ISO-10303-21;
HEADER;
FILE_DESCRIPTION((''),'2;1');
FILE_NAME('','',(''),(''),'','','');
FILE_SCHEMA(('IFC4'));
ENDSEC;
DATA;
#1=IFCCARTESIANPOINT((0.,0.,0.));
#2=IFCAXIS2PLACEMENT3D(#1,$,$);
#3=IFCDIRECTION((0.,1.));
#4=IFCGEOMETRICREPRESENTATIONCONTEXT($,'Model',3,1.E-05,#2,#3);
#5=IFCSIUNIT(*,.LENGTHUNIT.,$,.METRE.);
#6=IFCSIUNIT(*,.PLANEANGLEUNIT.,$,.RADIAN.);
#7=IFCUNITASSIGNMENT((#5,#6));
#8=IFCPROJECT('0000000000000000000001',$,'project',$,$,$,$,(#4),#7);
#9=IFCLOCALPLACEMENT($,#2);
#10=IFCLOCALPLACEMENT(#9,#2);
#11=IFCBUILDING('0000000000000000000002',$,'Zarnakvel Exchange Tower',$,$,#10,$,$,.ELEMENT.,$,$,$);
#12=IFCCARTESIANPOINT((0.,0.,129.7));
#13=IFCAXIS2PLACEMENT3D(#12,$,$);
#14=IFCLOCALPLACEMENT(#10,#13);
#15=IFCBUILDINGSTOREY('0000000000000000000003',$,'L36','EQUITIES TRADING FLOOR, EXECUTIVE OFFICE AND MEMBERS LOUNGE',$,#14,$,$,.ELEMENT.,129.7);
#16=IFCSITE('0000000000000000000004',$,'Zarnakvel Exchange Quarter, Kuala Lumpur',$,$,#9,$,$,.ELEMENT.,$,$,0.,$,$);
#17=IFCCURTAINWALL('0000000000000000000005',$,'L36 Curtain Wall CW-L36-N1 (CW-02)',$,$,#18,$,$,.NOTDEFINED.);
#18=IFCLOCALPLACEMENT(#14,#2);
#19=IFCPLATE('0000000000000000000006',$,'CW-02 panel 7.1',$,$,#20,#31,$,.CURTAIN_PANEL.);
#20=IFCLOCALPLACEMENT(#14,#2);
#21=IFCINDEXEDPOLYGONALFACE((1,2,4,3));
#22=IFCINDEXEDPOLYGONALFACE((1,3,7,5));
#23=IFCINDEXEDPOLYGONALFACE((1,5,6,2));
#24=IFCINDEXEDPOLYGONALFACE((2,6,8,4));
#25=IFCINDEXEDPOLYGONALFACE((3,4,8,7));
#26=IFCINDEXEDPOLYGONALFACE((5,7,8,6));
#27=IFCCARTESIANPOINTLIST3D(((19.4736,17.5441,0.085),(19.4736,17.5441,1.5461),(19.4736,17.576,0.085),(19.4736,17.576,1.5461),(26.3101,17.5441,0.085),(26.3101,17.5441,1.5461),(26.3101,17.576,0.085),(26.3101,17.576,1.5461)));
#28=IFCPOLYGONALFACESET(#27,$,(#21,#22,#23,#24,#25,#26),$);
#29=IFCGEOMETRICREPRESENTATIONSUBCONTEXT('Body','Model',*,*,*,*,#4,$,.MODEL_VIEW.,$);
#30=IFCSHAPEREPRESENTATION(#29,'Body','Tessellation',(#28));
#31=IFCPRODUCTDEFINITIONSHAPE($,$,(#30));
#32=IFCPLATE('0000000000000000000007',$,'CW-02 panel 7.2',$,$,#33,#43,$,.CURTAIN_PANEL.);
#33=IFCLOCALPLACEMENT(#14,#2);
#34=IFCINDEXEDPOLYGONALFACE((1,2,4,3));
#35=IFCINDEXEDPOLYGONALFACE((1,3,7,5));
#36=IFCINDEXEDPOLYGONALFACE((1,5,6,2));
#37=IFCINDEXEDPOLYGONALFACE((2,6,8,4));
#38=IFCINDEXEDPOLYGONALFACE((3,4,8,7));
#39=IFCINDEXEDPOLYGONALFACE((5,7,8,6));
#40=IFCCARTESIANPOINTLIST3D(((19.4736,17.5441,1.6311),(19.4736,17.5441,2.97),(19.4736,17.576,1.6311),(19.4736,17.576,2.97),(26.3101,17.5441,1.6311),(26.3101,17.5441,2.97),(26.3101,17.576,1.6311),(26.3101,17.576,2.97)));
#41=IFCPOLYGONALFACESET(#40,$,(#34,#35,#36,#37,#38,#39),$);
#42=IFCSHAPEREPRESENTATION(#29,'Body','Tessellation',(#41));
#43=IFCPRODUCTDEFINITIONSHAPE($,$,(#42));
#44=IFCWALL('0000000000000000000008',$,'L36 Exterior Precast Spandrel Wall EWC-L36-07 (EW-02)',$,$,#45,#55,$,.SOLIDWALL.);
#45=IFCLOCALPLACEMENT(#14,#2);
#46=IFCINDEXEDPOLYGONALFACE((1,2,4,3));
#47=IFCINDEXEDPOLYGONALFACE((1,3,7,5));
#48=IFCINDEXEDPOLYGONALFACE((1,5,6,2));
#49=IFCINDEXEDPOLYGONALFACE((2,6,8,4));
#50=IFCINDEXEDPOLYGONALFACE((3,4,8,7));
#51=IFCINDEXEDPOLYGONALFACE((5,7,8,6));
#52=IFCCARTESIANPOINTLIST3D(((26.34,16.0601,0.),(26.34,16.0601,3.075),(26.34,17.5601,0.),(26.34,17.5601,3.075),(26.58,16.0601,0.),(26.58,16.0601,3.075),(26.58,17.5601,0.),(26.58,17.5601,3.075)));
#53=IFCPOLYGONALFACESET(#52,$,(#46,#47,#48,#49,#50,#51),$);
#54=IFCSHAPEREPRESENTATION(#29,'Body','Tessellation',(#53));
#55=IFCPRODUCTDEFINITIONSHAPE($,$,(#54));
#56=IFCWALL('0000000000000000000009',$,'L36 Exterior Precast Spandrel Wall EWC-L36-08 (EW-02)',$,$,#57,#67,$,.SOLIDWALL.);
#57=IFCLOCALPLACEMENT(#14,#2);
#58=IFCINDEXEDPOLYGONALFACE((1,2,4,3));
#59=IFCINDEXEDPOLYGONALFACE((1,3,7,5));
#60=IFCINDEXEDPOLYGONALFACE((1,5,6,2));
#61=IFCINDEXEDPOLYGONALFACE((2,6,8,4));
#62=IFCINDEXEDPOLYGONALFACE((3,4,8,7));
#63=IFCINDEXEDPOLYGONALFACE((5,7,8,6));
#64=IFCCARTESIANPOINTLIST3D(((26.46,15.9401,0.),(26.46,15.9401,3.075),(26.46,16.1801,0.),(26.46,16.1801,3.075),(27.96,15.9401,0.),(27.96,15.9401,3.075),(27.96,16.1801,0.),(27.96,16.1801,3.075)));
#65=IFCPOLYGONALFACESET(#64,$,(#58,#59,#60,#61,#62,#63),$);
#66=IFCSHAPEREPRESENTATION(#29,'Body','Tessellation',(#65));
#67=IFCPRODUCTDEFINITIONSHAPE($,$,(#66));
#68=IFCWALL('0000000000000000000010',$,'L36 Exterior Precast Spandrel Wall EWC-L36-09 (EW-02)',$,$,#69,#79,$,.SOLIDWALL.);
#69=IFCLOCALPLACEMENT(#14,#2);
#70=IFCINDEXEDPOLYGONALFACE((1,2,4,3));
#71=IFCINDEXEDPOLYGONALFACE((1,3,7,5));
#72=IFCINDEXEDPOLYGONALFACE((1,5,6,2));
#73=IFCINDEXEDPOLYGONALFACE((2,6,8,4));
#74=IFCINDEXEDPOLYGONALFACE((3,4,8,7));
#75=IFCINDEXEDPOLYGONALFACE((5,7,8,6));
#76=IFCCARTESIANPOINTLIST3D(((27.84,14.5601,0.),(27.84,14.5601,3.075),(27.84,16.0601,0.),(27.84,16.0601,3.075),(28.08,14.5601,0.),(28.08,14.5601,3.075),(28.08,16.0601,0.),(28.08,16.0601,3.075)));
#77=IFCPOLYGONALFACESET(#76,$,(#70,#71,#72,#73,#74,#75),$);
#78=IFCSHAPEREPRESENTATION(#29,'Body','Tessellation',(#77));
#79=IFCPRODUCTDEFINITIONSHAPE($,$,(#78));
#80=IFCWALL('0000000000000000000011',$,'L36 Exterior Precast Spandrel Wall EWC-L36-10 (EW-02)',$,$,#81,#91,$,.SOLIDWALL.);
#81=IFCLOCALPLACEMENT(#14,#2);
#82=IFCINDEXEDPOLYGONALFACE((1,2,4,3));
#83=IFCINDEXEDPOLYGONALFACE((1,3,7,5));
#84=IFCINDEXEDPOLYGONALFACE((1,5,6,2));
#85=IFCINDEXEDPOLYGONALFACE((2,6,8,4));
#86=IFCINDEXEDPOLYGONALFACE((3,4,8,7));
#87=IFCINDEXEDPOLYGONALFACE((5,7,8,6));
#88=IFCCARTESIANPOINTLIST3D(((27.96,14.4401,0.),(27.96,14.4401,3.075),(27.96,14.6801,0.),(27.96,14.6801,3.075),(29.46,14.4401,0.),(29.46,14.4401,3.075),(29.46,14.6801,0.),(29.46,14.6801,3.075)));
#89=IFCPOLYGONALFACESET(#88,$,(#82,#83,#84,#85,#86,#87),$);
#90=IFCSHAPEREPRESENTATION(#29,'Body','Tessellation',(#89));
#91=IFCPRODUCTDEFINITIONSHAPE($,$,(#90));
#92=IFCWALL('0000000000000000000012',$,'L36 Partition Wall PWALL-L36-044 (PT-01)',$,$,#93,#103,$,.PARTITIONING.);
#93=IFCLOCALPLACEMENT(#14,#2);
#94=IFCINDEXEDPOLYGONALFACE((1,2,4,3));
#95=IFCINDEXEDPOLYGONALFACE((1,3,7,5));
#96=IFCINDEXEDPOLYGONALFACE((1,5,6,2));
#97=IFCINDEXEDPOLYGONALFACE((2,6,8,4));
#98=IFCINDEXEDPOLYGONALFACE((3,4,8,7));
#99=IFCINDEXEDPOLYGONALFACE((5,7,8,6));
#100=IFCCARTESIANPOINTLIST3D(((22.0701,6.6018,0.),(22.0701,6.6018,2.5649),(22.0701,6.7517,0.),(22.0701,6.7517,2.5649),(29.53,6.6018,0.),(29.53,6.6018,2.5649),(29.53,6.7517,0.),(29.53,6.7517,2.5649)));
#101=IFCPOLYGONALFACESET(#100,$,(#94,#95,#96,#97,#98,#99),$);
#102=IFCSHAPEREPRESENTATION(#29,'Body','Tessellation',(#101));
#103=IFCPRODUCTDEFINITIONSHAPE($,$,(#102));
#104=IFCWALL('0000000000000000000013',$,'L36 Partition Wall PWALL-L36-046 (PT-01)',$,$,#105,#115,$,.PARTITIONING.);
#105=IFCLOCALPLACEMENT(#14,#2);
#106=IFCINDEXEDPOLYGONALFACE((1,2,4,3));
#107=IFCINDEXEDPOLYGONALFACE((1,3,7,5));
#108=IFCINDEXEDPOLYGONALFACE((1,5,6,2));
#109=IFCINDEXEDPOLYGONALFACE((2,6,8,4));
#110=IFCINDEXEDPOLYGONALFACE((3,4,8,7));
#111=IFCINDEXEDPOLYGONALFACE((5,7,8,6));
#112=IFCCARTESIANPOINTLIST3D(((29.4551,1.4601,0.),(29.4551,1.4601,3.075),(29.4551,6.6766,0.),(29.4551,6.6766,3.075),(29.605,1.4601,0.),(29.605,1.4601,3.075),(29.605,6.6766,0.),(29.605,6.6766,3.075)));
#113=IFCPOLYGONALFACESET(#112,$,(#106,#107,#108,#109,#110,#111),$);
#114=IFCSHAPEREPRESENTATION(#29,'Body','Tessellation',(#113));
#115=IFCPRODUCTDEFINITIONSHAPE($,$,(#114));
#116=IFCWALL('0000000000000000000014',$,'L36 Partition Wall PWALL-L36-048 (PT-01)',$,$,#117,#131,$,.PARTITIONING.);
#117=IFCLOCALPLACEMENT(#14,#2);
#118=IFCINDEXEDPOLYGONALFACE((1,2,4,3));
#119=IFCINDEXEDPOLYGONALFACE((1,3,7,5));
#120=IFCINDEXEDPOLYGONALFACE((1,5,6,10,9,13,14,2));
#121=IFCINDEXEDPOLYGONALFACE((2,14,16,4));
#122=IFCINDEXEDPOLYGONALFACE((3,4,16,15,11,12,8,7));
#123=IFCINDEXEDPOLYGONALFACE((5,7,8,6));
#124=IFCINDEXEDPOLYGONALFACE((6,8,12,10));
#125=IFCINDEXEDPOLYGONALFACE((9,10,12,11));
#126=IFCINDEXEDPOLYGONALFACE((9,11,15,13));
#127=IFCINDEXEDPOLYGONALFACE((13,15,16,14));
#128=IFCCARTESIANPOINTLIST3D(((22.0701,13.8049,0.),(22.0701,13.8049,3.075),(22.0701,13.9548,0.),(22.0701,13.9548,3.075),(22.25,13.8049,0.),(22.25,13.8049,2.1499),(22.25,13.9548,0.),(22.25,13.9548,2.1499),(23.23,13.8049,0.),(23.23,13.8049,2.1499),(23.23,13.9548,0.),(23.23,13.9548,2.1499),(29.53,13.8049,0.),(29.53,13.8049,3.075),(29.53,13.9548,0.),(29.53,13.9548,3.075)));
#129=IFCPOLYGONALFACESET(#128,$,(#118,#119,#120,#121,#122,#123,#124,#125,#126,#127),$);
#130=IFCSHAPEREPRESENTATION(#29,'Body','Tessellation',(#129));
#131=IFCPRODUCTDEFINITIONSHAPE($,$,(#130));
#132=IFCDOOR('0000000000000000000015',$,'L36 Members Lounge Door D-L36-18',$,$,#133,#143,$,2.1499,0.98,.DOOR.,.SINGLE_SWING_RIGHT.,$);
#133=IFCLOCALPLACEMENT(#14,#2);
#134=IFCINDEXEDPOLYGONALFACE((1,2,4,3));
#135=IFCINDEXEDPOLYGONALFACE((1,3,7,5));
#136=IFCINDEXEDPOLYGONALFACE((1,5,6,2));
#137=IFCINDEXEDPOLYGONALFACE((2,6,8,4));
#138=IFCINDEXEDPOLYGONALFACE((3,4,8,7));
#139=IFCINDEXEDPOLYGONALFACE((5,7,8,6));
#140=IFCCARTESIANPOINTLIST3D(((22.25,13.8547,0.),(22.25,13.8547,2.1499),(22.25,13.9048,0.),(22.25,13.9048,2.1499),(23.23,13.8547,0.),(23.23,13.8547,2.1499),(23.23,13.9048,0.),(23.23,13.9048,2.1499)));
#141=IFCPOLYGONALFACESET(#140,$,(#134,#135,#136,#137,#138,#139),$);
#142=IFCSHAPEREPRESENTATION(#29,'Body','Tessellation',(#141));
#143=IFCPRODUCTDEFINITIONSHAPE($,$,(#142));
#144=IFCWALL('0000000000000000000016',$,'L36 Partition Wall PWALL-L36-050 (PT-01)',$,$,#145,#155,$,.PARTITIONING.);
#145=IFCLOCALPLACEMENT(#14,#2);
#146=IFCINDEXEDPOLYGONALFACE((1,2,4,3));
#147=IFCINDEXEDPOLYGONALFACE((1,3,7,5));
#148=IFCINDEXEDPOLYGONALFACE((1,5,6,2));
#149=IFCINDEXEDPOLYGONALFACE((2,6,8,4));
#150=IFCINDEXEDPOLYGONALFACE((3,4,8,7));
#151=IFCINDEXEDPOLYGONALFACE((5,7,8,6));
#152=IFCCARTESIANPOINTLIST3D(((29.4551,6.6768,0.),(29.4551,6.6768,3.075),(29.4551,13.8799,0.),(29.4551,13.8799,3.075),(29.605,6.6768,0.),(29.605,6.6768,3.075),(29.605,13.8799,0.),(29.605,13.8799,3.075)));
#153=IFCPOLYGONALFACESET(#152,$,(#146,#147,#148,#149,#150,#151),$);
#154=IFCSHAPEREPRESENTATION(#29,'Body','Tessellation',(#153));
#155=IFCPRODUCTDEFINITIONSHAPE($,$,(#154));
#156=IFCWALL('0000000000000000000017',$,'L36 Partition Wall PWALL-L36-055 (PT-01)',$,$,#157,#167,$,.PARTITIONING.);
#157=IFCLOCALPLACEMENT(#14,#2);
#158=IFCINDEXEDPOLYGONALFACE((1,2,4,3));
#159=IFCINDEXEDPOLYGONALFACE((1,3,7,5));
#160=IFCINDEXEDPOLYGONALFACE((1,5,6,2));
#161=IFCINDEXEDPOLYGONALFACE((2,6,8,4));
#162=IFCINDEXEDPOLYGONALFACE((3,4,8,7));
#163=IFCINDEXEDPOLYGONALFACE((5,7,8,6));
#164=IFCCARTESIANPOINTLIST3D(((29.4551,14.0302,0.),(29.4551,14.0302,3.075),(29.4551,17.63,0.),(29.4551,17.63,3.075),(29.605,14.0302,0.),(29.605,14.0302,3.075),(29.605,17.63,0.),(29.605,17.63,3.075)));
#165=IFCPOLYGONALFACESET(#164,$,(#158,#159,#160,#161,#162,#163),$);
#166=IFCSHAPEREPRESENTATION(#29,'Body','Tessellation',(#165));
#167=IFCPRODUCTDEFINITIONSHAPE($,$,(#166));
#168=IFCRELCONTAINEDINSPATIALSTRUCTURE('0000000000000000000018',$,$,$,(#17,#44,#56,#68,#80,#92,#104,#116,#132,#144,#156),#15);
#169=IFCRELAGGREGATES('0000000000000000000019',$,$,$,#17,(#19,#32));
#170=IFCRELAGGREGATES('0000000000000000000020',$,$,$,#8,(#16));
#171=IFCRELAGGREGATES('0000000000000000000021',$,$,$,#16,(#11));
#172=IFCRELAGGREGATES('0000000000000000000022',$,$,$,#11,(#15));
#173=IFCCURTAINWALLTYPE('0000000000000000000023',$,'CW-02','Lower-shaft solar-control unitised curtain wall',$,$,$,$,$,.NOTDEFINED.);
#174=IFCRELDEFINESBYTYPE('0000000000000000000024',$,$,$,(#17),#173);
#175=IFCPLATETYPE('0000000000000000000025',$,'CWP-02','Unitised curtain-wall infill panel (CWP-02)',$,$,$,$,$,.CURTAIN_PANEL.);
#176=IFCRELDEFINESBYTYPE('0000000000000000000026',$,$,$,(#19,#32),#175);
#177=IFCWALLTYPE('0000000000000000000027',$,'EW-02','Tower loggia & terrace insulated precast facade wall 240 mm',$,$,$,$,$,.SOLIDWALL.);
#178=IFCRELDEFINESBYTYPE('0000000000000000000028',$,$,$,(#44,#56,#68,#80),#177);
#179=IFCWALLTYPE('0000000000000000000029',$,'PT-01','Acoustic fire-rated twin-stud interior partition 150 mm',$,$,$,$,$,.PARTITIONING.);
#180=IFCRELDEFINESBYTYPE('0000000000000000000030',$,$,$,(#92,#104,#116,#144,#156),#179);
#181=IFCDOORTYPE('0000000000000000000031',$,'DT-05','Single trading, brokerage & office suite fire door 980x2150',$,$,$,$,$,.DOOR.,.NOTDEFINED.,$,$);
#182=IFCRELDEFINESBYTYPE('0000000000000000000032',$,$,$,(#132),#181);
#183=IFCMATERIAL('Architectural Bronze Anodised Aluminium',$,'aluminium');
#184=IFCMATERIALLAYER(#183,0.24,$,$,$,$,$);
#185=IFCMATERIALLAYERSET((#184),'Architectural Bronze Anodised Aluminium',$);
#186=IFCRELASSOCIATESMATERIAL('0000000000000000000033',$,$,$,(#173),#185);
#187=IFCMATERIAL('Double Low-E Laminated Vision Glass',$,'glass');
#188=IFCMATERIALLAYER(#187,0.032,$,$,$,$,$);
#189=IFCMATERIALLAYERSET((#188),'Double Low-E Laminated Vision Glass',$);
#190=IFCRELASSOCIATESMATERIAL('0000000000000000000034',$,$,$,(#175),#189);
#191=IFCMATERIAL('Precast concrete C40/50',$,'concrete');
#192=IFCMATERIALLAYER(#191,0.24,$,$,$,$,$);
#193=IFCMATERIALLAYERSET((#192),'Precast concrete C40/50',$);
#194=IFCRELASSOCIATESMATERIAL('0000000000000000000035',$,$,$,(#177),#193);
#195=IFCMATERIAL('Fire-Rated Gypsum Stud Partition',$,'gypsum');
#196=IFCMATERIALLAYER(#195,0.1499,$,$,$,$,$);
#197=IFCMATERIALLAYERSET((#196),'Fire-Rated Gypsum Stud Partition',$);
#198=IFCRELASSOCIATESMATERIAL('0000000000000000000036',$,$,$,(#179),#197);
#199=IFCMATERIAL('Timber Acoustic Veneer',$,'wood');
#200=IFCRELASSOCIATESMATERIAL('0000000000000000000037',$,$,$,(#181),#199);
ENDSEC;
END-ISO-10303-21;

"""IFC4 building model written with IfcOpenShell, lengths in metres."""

from ifc_helpers import new_model, si_unit, direction, frame, frame_2d, origin, origin_2d, place, context, subcontext, project, spatial, rectangle, extrude, source, transform, mapped, material, layer, layer_set, type_object, element, fill, aggregate, save


model = new_model("IFC4")

# Units and contexts
model_context = context("Model", 3, precision=1e-05, world=origin(), true_north=direction((0.0, 1.0)))
body_context = subcontext(model_context, "Body", "Model", "MODEL_VIEW")
ifc_project = project(units=[si_unit("LENGTHUNIT", "METRE"), si_unit("PLANEANGLEUNIT", "RADIAN")], contexts=[model_context])

# Site, building, storey
site_placement = place(None, origin())
site = spatial("IfcSite", under=ifc_project, at=site_placement, Name="Zarnakvel Exchange Quarter, Kuala Lumpur", CompositionType="ELEMENT", RefElevation=0.0)
building_placement = place(site_placement, origin())
building = spatial("IfcBuilding", under=site, at=building_placement, Name="Zarnakvel Exchange Tower", CompositionType="ELEMENT")
storey_placement = place(building_placement, frame((0.0, 0.0, 129.7)))
storey = spatial("IfcBuildingStorey", under=building, at=storey_placement, Name="L36", Description="EQUITIES TRADING FLOOR, EXECUTIVE OFFICE AND MEMBERS LOUNGE", CompositionType="ELEMENT", Elevation=129.7)

# Curtain wall
ifc_material_1 = material(Name="Architectural Bronze Anodised Aluminium", Category="aluminium")
ifc_layer_1 = layer(ifc_material_1, 0.24)
ifc_layer_set_1 = layer_set([ifc_layer_1], Name="Architectural Bronze Anodised Aluminium")
curtain_wall_type_1 = type_object("IfcCurtainWallType", Name="CW-02", Description="Lower-shaft solar-control unitised curtain wall", PredefinedType="NOTDEFINED", material=ifc_layer_set_1)
curtain_wall_1_placement = place(storey_placement, origin())
curtain_wall_1 = element("IfcCurtainWall", 1, at=curtain_wall_1_placement, inside=storey, type_object=curtain_wall_type_1, Name="L36 Curtain Wall CW-L36-N1 (CW-02)", PredefinedType="NOTDEFINED")

# Shared definitions
ifc_material_2 = material(Name="Double Low-E Laminated Vision Glass", Category="glass")

# Plates
ifc_layer_2 = layer(ifc_material_2, 0.032)
ifc_layer_set_2 = layer_set([ifc_layer_2], Name="Double Low-E Laminated Vision Glass")
plate_type_1 = type_object("IfcPlateType", Name="CWP-02", Description="Unitised curtain-wall infill panel (CWP-02)", PredefinedType="CURTAIN_PANEL", material=ifc_layer_set_2)
shared_shape_1 = source(origin(), body_context, "Body", "SweptSolid", [
    extrude(rectangle(XDim=6.8364, YDim=0.032, at=origin_2d()), origin(), (0.0, 0.0, 1.0), 1.4612),
])
plate_1_placement = place(storey_placement, frame((22.8918, 17.5601, 0.085), z_axis=(0.0, 0.0, 1.0), x_axis=(1.0, 0.0, 0.0)))
plate_1 = element("IfcPlate", 2, at=plate_1_placement, type_object=plate_type_1, Name="CW-02 panel 7.1", PredefinedType="CURTAIN_PANEL", context=body_context, shape_type="MappedRepresentation", body=[
    mapped(shared_shape_1, transform((0.0, 0.0, 0.0), x_axis=(1.0, 0.0, 0.0), y_axis=(0.0, 1.0, 0.0), z_axis=(0.0, 0.0, 1.0), scale=1.0)),
])
shared_shape_2 = source(origin(), body_context, "Body", "SweptSolid", [
    extrude(rectangle(XDim=6.8364, YDim=0.032, at=origin_2d()), origin(), (0.0, 0.0, 1.0), 1.3389),
])
plate_2_placement = place(storey_placement, frame((22.8918, 17.5601, 1.6311), z_axis=(0.0, 0.0, 1.0), x_axis=(1.0, 0.0, 0.0)))
plate_2 = element("IfcPlate", 3, at=plate_2_placement, type_object=plate_type_1, Name="CW-02 panel 7.2", PredefinedType="CURTAIN_PANEL", context=body_context, shape_type="MappedRepresentation", body=[
    mapped(shared_shape_2, transform((0.0, 0.0, 0.0), x_axis=(1.0, 0.0, 0.0), y_axis=(0.0, 1.0, 0.0), z_axis=(0.0, 0.0, 1.0), scale=1.0)),
])
aggregate(curtain_wall_1, [plate_1, plate_2])

# Walls
ifc_material_3 = material(Name="Precast concrete C40/50", Category="concrete")
ifc_layer_3 = layer(ifc_material_3, 0.24)
ifc_layer_set_3 = layer_set([ifc_layer_3], Name="Precast concrete C40/50")
wall_type_1 = type_object("IfcWallType", Name="EW-02", Description="Tower loggia & terrace insulated precast facade wall 240 mm", PredefinedType="SOLIDWALL", material=ifc_layer_set_3)
for number, where, z_axis, x_axis, name in (
    (4, (26.46, 16.0601, 0.0), (0.0, 0.0, 1.0), (0.0, 1.0, 0.0), "L36 Exterior Precast Spandrel Wall EWC-L36-07 (EW-02)"),
    (5, (27.96, 16.0601, 0.0), (0.0, 0.0, 1.0), (-1.0, 0.0, 0.0), "L36 Exterior Precast Spandrel Wall EWC-L36-08 (EW-02)"),
    (6, (27.96, 14.5601, 0.0), (0.0, 0.0, 1.0), (0.0, 1.0, 0.0), "L36 Exterior Precast Spandrel Wall EWC-L36-09 (EW-02)"),
    (7, (29.46, 14.5601, 0.0), (0.0, 0.0, 1.0), (-1.0, 0.0, 0.0), "L36 Exterior Precast Spandrel Wall EWC-L36-10 (EW-02)"),
):
    element("IfcWall", number, at=place(storey_placement, frame(where, z_axis=z_axis, x_axis=x_axis)), inside=storey, type_object=wall_type_1, Name=name, PredefinedType="SOLIDWALL", context=body_context, shape_type="SweptSolid", body=[
        extrude(rectangle(XDim=1.5, YDim=0.24, at=frame_2d((0.75, 0.0))), origin(), (0.0, 0.0, 1.0), 3.075),
    ])
ifc_material_4 = material(Name="Fire-Rated Gypsum Stud Partition", Category="gypsum")
ifc_layer_4 = layer(ifc_material_4, 0.1499)
ifc_layer_set_4 = layer_set([ifc_layer_4], Name="Fire-Rated Gypsum Stud Partition")
wall_type_2 = type_object("IfcWallType", Name="PT-01", Description="Acoustic fire-rated twin-stud interior partition 150 mm", PredefinedType="PARTITIONING", material=ifc_layer_set_4)
wall_1_placement = place(storey_placement, frame((22.0701, 6.6768, 0.0), z_axis=(0.0, 0.0, 1.0), x_axis=(1.0, 0.0, 0.0)))
element("IfcWall", 8, at=wall_1_placement, inside=storey, type_object=wall_type_2, Name="L36 Partition Wall PWALL-L36-044 (PT-01)", PredefinedType="PARTITIONING", context=body_context, shape_type="SweptSolid", body=[
    extrude(rectangle(XDim=7.46, YDim=0.1499, at=frame_2d((3.73, 0.0))), origin(), (0.0, 0.0, 1.0), 2.5649),
])
wall_2_placement = place(storey_placement, frame((29.53, 6.6768, 0.0), z_axis=(0.0, 0.0, 1.0), x_axis=(0.0, -1.0, 0.0)))
element("IfcWall", 9, at=wall_2_placement, inside=storey, type_object=wall_type_2, Name="L36 Partition Wall PWALL-L36-046 (PT-01)", PredefinedType="PARTITIONING", context=body_context, shape_type="SweptSolid", body=[
    extrude(rectangle(XDim=5.2166, YDim=0.1499, at=frame_2d((2.6084, 0.0))), origin(), (0.0, 0.0, 1.0), 3.075),
])

# Wall, opening, door
wall_3_placement = place(storey_placement, frame((22.0701, 13.8799, 0.0), z_axis=(0.0, 0.0, 1.0), x_axis=(1.0, 0.0, 0.0)))
wall_3 = element("IfcWall", 10, at=wall_3_placement, inside=storey, type_object=wall_type_2, Name="L36 Partition Wall PWALL-L36-048 (PT-01)", PredefinedType="PARTITIONING", context=body_context, shape_type="SweptSolid", body=[
    extrude(rectangle(XDim=7.46, YDim=0.1499, at=frame_2d((3.73, 0.0))), origin(), (0.0, 0.0, 1.0), 3.075),
])
opening_placement = place(wall_3_placement, frame((0.1799, 0.0, 0.0)))
opening = element("IfcOpeningElement", 11, at=opening_placement, cuts=wall_3, PredefinedType="OPENING", context=body_context, shape_type="SweptSolid", body=[
    extrude(rectangle(XDim=0.98, YDim=2.1499, at=frame_2d((0.49, 1.075))), frame((0.0, 0.085, 0.0), z_axis=(0.0, -1.0, 0.0), x_axis=(1.0, 0.0, 0.0)), (0.0, 0.0, 1.0), 0.1699),
])
ifc_material_5 = material(Name="Timber Acoustic Veneer", Category="wood")
door_type = type_object("IfcDoorType", Name="DT-05", Description="Single trading, brokerage & office suite fire door 980x2150", OperationType="NOTDEFINED", PredefinedType="DOOR", material=ifc_material_5)
shared_shape_3 = source(origin(), body_context, "Body", "SweptSolid", [
    extrude(rectangle(XDim=0.98, YDim=2.1499, at=frame_2d((0.49, 1.075))), frame((0.0, 0.0249, 0.0), z_axis=(0.0, -1.0, 0.0), x_axis=(1.0, 0.0, 0.0)), (0.0, 0.0, 1.0), 0.05),
])
door_placement = place(opening_placement, origin())
door = element("IfcDoor", 12, at=door_placement, inside=storey, type_object=door_type, Name="L36 Members Lounge Door D-L36-18", OperationType="SINGLE_SWING_RIGHT", OverallHeight=2.1499, OverallWidth=0.98, PredefinedType="DOOR", context=body_context, shape_type="MappedRepresentation", body=[
    mapped(shared_shape_3, transform((0.0, 0.0, 0.0), x_axis=(1.0, 0.0, 0.0), y_axis=(0.0, 1.0, 0.0), z_axis=(0.0, 0.0, 1.0), scale=1.0)),
])
fill(opening, door)

# Walls
wall_4_placement = place(storey_placement, frame((29.53, 13.8799, 0.0), z_axis=(0.0, 0.0, 1.0), x_axis=(0.0, -1.0, 0.0)))
element("IfcWall", 13, at=wall_4_placement, inside=storey, type_object=wall_type_2, Name="L36 Partition Wall PWALL-L36-050 (PT-01)", PredefinedType="PARTITIONING", context=body_context, shape_type="SweptSolid", body=[
    extrude(rectangle(XDim=7.2031, YDim=0.1499, at=frame_2d((3.6016, 0.0))), origin(), (0.0, 0.0, 1.0), 3.075),
])
wall_5_placement = place(storey_placement, frame((29.53, 17.6299, 0.0), z_axis=(0.0, 0.0, 1.0), x_axis=(0.0, -1.0, 0.0)))
element("IfcWall", 14, at=wall_5_placement, inside=storey, type_object=wall_type_2, Name="L36 Partition Wall PWALL-L36-055 (PT-01)", PredefinedType="PARTITIONING", context=body_context, shape_type="SweptSolid", body=[
    extrude(rectangle(XDim=3.5999, YDim=0.1499, at=frame_2d((1.7998, 0.0))), origin(), (0.0, 0.0, 1.0), 3.075),
])

save(model, "model.ifc")
